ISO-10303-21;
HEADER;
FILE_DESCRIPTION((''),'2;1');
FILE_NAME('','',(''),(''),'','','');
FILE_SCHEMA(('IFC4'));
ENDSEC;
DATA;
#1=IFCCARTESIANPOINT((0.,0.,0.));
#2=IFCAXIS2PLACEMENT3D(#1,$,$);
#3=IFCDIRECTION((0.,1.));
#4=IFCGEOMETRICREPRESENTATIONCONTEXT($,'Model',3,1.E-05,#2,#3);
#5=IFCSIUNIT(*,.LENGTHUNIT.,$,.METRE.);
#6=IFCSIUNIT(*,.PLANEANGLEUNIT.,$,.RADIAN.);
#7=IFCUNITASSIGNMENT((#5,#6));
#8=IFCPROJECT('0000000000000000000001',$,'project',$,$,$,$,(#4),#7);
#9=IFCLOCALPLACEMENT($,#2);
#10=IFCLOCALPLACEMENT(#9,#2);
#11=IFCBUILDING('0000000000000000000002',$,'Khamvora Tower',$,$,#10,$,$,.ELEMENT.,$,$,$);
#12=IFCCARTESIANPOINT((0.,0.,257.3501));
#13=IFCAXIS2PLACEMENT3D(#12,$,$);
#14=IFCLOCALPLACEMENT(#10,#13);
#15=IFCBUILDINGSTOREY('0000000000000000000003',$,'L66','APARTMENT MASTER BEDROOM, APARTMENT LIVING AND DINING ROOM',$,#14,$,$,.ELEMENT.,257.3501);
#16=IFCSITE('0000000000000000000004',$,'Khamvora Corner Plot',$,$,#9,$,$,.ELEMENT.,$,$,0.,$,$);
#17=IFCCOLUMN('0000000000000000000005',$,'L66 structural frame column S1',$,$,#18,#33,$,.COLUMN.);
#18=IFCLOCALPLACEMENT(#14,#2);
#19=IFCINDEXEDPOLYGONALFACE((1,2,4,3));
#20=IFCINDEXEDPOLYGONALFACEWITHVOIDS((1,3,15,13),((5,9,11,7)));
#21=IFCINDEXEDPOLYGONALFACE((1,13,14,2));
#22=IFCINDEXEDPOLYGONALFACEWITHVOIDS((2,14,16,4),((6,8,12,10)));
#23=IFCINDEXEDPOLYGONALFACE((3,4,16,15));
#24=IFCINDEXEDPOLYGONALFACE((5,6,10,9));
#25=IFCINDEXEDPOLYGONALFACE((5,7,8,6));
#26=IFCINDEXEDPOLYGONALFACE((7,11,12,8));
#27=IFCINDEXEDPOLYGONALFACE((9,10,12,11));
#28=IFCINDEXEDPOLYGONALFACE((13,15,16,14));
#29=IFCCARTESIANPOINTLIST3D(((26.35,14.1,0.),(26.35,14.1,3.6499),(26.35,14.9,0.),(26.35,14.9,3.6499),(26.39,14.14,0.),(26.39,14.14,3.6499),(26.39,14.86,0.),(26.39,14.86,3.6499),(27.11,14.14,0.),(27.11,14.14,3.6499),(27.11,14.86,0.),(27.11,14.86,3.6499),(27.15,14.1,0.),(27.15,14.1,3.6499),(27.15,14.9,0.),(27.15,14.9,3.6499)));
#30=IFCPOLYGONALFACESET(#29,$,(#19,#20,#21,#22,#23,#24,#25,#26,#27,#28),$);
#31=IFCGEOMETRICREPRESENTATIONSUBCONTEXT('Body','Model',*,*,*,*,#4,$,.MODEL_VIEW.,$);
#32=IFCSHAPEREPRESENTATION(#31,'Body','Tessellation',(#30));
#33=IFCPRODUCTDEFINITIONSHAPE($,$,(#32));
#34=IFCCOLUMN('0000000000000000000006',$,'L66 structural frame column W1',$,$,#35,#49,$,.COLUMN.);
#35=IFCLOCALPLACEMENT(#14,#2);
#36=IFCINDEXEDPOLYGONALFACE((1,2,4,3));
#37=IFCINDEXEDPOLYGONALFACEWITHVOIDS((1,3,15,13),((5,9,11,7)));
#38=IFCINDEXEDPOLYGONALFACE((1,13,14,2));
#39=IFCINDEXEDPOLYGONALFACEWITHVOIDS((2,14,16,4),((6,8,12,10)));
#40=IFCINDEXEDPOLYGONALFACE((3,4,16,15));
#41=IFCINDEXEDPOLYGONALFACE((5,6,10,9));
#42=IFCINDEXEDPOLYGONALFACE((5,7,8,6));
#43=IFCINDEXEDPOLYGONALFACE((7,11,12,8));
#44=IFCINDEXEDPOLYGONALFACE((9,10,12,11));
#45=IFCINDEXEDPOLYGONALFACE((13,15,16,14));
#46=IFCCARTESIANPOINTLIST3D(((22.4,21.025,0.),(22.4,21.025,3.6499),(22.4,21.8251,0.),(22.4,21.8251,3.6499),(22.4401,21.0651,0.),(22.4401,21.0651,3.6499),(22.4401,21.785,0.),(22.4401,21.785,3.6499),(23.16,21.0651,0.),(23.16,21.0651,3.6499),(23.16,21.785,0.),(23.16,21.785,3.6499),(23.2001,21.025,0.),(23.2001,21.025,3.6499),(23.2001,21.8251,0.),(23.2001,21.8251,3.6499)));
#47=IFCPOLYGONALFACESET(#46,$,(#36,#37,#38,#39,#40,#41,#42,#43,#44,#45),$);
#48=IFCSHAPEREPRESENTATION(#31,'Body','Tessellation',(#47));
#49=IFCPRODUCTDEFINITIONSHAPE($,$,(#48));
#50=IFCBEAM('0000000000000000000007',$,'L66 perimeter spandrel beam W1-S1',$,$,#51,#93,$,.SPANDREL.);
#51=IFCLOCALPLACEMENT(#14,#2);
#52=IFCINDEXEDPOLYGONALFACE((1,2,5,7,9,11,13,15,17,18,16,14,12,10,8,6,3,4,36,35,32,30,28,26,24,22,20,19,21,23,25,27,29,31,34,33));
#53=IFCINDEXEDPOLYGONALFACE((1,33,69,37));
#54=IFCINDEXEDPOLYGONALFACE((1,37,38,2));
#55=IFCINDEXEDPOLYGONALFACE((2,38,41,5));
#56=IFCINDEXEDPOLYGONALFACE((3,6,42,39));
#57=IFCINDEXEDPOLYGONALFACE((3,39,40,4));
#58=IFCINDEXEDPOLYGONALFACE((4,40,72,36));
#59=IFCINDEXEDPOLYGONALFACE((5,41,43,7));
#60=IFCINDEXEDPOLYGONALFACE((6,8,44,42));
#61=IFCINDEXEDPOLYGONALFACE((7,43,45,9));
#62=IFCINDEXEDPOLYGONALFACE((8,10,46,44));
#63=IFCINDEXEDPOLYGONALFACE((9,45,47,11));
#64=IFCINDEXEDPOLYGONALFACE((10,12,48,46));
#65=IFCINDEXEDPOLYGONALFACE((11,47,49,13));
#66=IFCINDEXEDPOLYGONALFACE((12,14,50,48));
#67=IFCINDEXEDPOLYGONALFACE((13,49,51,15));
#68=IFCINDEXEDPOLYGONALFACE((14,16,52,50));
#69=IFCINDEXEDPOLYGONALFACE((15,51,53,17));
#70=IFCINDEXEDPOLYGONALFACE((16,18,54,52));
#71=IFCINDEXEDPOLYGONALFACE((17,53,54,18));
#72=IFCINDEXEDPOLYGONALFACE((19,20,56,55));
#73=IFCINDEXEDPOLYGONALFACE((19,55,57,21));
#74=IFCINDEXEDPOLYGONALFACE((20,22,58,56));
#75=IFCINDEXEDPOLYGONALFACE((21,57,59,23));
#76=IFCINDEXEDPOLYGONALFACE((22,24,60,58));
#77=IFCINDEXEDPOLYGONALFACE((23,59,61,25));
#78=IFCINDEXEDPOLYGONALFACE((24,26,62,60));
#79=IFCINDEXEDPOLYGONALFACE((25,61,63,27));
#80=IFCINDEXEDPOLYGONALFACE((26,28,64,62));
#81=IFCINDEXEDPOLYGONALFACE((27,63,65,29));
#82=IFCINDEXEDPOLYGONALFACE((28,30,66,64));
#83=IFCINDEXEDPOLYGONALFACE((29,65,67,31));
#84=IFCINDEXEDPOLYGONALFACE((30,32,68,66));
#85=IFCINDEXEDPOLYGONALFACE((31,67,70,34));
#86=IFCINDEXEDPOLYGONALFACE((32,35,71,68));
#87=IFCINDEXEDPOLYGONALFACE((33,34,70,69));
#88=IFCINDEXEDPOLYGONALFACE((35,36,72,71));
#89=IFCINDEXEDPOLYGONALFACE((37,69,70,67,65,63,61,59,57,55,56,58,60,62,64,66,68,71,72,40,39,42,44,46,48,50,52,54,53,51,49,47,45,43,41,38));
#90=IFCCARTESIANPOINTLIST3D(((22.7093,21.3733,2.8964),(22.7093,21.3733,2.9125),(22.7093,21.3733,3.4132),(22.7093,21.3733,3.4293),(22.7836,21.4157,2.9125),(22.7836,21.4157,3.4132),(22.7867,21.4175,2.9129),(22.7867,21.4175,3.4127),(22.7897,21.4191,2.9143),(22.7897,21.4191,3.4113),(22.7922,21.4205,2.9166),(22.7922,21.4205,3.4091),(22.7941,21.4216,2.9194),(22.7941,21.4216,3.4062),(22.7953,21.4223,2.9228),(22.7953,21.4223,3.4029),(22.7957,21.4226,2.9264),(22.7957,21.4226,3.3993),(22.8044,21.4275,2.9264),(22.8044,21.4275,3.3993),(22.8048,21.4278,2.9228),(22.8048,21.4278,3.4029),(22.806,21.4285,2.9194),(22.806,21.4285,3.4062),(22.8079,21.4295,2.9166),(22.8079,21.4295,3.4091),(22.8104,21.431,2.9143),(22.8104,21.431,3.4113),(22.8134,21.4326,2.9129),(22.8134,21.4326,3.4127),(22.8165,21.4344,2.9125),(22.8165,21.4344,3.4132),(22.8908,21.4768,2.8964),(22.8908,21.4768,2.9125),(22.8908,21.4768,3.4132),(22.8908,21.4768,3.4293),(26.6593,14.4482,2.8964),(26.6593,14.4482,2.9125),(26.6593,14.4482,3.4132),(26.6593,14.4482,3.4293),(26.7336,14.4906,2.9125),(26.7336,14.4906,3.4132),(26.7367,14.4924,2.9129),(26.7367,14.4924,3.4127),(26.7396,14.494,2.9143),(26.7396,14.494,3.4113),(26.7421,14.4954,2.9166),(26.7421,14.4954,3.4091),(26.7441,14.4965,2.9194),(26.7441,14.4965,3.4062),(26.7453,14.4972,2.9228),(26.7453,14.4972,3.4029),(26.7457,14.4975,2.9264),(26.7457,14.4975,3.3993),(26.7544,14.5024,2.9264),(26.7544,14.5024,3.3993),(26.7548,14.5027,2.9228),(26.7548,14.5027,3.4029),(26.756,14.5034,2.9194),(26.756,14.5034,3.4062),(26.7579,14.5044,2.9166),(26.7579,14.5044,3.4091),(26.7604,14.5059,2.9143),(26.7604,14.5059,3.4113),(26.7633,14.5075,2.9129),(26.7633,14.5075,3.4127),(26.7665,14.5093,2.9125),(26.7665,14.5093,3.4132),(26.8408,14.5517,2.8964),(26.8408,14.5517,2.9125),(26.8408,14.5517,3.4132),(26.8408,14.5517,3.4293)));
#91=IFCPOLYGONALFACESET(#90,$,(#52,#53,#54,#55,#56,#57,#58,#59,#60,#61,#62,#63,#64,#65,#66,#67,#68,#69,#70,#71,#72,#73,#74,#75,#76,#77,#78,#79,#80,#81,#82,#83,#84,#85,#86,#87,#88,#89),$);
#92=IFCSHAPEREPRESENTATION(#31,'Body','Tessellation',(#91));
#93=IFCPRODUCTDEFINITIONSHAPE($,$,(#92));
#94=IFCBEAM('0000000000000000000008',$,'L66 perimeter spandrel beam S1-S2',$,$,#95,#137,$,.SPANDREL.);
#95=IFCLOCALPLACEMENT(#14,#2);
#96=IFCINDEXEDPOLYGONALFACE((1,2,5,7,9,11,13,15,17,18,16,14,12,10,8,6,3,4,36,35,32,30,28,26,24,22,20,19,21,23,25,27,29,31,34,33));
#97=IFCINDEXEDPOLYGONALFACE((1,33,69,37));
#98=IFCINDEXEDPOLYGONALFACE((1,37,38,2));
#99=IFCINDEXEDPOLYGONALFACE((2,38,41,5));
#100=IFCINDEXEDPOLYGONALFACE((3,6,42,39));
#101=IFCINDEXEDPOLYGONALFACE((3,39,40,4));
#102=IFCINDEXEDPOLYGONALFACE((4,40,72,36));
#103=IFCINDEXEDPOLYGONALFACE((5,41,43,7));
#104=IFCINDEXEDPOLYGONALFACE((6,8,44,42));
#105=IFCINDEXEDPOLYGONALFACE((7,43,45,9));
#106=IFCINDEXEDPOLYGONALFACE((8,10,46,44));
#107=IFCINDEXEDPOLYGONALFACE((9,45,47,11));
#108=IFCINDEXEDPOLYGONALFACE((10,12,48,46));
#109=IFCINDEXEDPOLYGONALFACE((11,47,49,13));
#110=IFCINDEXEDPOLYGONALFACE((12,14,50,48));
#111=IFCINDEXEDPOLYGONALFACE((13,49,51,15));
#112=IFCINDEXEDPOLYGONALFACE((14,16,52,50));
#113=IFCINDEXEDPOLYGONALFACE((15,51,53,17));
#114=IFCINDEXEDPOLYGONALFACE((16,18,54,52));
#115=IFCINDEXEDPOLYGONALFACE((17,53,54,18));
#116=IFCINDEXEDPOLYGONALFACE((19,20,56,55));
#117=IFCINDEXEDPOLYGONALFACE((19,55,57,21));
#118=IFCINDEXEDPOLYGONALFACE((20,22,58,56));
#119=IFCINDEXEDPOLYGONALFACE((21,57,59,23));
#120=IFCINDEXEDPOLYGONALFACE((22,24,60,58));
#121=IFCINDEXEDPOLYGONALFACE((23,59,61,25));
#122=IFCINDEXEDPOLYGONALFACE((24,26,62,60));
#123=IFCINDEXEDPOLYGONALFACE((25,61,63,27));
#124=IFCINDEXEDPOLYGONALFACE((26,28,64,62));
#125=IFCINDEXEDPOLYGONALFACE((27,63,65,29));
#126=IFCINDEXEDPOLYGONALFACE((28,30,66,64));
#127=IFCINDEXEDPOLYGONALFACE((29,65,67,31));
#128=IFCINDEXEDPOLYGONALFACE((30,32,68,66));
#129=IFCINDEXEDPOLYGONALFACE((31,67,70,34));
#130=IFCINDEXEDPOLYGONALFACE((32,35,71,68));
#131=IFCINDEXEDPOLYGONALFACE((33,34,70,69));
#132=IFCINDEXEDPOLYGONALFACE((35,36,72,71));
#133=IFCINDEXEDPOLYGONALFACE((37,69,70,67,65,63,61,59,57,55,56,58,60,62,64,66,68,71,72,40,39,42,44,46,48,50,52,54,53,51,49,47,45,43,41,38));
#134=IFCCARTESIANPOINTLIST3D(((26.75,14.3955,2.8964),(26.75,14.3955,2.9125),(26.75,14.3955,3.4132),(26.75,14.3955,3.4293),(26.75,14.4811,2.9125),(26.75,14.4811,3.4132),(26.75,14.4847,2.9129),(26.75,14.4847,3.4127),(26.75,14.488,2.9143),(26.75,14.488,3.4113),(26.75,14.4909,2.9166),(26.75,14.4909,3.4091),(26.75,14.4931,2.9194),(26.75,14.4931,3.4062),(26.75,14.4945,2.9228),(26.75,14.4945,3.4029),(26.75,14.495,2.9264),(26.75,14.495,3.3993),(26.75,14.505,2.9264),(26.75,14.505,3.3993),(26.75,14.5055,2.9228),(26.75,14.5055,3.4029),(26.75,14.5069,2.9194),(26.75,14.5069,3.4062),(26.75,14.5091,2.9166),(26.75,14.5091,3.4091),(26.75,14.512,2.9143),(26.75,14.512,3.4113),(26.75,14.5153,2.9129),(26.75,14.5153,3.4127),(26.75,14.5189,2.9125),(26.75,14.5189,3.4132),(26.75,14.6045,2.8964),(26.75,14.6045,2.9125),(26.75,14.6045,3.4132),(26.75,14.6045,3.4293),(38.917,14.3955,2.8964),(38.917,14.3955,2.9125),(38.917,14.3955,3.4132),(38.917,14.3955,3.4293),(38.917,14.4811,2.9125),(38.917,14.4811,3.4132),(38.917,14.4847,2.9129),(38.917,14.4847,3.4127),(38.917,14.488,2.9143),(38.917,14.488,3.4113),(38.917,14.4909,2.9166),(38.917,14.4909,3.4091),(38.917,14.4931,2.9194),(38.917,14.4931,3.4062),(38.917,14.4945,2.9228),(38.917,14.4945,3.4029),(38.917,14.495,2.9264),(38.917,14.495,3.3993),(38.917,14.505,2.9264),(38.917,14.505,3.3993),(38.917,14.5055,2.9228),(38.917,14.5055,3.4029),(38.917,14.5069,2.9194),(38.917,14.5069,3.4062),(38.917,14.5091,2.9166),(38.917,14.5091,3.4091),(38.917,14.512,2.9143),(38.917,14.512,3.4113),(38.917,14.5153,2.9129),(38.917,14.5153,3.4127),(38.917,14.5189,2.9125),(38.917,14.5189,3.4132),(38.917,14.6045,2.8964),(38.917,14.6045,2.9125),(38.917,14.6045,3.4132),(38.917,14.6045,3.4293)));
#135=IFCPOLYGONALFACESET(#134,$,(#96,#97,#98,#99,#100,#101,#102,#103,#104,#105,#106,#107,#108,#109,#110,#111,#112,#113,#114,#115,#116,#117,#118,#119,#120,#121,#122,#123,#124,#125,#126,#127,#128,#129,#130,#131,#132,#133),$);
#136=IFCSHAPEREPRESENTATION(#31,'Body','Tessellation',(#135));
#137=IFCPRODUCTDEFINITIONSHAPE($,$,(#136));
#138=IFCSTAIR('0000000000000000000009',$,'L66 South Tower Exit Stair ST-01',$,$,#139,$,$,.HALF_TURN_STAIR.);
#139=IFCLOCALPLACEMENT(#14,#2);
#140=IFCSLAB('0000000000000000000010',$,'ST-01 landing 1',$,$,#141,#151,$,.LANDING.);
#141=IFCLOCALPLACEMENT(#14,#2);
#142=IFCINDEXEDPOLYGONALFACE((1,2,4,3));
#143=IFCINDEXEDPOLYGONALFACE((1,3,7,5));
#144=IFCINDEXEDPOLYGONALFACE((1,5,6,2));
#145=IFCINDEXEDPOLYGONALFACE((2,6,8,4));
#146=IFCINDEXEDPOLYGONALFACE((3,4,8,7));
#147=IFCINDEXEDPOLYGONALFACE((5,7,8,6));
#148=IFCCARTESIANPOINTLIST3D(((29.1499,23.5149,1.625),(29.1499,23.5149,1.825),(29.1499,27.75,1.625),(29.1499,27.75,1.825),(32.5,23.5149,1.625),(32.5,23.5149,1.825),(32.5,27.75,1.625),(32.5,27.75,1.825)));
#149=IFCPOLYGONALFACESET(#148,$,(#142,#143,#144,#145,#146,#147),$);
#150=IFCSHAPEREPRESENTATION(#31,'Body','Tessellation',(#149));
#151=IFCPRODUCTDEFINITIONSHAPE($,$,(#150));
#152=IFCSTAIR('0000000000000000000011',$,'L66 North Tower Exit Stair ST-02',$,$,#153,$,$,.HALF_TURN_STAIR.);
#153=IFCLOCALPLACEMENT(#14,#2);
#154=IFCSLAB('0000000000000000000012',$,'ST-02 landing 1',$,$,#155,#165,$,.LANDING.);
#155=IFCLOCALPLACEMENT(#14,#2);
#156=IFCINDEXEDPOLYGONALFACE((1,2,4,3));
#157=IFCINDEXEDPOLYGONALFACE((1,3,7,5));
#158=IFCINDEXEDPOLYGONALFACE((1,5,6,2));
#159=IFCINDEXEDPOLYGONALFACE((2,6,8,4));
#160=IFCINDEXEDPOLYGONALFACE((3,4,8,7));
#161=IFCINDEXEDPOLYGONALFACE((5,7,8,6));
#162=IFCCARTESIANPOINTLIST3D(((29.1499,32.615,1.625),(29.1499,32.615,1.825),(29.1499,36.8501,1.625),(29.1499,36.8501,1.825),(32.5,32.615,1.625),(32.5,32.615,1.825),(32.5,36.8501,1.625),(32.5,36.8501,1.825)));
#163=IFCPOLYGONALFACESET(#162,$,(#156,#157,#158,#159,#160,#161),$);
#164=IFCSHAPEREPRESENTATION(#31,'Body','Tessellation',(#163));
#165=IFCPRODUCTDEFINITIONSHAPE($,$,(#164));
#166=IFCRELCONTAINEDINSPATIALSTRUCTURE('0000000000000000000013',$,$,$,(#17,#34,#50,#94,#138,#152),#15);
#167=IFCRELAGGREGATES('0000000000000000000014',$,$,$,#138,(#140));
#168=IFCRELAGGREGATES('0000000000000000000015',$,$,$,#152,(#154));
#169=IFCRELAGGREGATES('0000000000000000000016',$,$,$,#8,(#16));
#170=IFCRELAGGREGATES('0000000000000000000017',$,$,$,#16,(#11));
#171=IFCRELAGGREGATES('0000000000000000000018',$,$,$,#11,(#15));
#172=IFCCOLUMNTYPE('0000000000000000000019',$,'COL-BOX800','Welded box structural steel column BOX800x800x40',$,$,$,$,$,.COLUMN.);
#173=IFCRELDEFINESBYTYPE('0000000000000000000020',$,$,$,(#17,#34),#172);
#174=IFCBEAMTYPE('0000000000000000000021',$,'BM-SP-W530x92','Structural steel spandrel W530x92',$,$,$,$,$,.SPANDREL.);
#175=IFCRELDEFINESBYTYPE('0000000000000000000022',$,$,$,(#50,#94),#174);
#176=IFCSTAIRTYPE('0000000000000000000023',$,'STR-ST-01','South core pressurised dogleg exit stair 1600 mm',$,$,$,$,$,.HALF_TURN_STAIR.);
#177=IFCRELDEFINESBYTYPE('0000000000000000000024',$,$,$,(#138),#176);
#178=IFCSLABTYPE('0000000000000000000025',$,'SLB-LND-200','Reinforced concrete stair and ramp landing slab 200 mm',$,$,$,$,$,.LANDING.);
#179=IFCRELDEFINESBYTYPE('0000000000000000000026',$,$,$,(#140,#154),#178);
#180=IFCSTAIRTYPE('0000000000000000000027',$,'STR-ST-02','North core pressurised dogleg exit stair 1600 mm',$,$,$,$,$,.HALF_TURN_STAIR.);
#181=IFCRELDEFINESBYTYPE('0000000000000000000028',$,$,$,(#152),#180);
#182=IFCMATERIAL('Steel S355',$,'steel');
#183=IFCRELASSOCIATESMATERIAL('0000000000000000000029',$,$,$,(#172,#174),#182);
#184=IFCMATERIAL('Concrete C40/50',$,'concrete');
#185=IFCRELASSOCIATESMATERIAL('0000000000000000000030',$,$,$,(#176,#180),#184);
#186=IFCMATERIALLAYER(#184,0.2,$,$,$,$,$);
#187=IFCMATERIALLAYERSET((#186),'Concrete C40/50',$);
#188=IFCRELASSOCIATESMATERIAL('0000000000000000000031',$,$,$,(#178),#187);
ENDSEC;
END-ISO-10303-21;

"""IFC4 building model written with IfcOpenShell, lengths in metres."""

from ifc_helpers import new_model, si_unit, direction, frame, origin, origin_2d, place, context, subcontext, project, spatial, polyline, hollow_rectangle, i_section, outline, extrude, material, layer, layer_set, material_profile, profile_set, type_object, element, aggregate, save


model = new_model("IFC4")

# Units and contexts
model_context = context("Model", 3, precision=1e-05, world=origin(), true_north=direction((0.0, 1.0)))
body_context = subcontext(model_context, "Body", "Model", "MODEL_VIEW")
ifc_project = project(units=[si_unit("LENGTHUNIT", "METRE"), si_unit("PLANEANGLEUNIT", "RADIAN")], contexts=[model_context])

# Site, building, storey
site_placement = place(None, origin())
site = spatial("IfcSite", under=ifc_project, at=site_placement, Name="Khamvora Corner Plot", CompositionType="ELEMENT", RefElevation=0.0)
building_placement = place(site_placement, origin())
building = spatial("IfcBuilding", under=site, at=building_placement, Name="Khamvora Tower", CompositionType="ELEMENT")
storey_placement = place(building_placement, frame((0.0, 0.0, 257.3501)))
storey = spatial("IfcBuildingStorey", under=building, at=storey_placement, Name="L66", Description="APARTMENT MASTER BEDROOM, APARTMENT LIVING AND DINING ROOM", CompositionType="ELEMENT", Elevation=257.3501)

# Columns
ifc_material_1 = material(Name="Steel S355", Category="steel")
ifc_material_profile_1 = material_profile(ifc_material_1, hollow_rectangle(XDim=0.8, YDim=0.8, WallThickness=0.04, at=origin_2d()), Name="BOX800x800x40")
ifc_profile_set_1 = profile_set([ifc_material_profile_1], Name="Steel S355")
column_type = type_object("IfcColumnType", Name="COL-BOX800", Description="Welded box structural steel column BOX800x800x40", PredefinedType="COLUMN", material=ifc_profile_set_1)
for number, where, z_axis, x_axis, name in (
    (1, (26.75, 14.5, 0.0), (0.0, 0.0, 1.0), (1.0, 0.0, 0.0), "L66 structural frame column S1"),
    (2, (22.8, 21.425, 0.0), (0.0, 0.0, 1.0), (1.0, 0.0, 0.0), "L66 structural frame column W1"),
):
    element("IfcColumn", number, at=place(storey_placement, frame(where, z_axis=z_axis, x_axis=x_axis)), inside=storey, type_object=column_type, Name=name, PredefinedType="COLUMN", context=body_context, shape_type="SweptSolid", body=[
        extrude(hollow_rectangle(XDim=0.8, YDim=0.8, WallThickness=0.04, at=origin_2d()), origin(), (0.0, 0.0, 1.0), 3.6499),
    ])

# Beams
ifc_material_profile_2 = material_profile(ifc_material_1, i_section(OverallWidth=0.209, OverallDepth=0.533, WebThickness=0.01, FlangeThickness=0.0161, FilletRadius=0.0139, at=origin_2d()), Name="W530x92")
ifc_profile_set_2 = profile_set([ifc_material_profile_2], Name="Steel S355")
beam_type = type_object("IfcBeamType", Name="BM-SP-W530x92", Description="Structural steel spandrel W530x92", PredefinedType="SPANDREL", material=ifc_profile_set_2)
beam_1_placement = place(storey_placement, frame((22.8, 21.425, 3.1628), z_axis=(0.495456, -0.868633, 0.0), x_axis=(0.868633, 0.495456, 0.0)))
element("IfcBeam", 3, at=beam_1_placement, inside=storey, type_object=beam_type, Name="L66 perimeter spandrel beam W1-S1", PredefinedType="SPANDREL", context=body_context, shape_type="SweptSolid", body=[
    extrude(i_section(OverallWidth=0.209, OverallDepth=0.533, WebThickness=0.01, FlangeThickness=0.0161, FilletRadius=0.0139, at=origin_2d()), origin(), (0.0, 0.0, 1.0), 7.9724),
])
beam_2_placement = place(storey_placement, frame((26.75, 14.5, 3.1628), z_axis=(1.0, 0.0, 0.0), x_axis=(0.0, 1.0, 0.0)))
element("IfcBeam", 4, at=beam_2_placement, inside=storey, type_object=beam_type, Name="L66 perimeter spandrel beam S1-S2", PredefinedType="SPANDREL", context=body_context, shape_type="SweptSolid", body=[
    extrude(i_section(OverallWidth=0.209, OverallDepth=0.533, WebThickness=0.01, FlangeThickness=0.0161, FilletRadius=0.0139, at=origin_2d()), origin(), (0.0, 0.0, 1.0), 12.167),
])

# Stairs, slabs
ifc_material_2 = material(Name="Concrete C40/50", Category="concrete")
stair_type_1 = type_object("IfcStairType", Name="STR-ST-01", Description="South core pressurised dogleg exit stair 1600 mm", PredefinedType="HALF_TURN_STAIR", material=ifc_material_2)
stair_1_placement = place(storey_placement, origin())
stair_1 = element("IfcStair", 5, at=stair_1_placement, inside=storey, type_object=stair_type_1, Name="L66 South Tower Exit Stair ST-01", PredefinedType="HALF_TURN_STAIR")
ifc_layer_1 = layer(ifc_material_2, 0.2)
ifc_layer_set_1 = layer_set([ifc_layer_1], Name="Concrete C40/50")
slab_type_1 = type_object("IfcSlabType", Name="SLB-LND-200", Description="Reinforced concrete stair and ramp landing slab 200 mm", PredefinedType="LANDING", material=ifc_layer_set_1)
slab_1_placement = place(storey_placement, frame((0.0, 0.0, 1.625)))
slab_1 = element("IfcSlab", 6, at=slab_1_placement, type_object=slab_type_1, Name="ST-01 landing 1", PredefinedType="LANDING", context=body_context, shape_type="SweptSolid", body=[
    extrude(outline(polyline([(32.5, 23.5149), (32.5, 27.75), (29.1499, 27.75), (29.1499, 23.5149), (32.5, 23.5149)])), origin(), (0.0, 0.0, 1.0), 0.2),
])
aggregate(stair_1, [slab_1])
stair_type_2 = type_object("IfcStairType", Name="STR-ST-02", Description="North core pressurised dogleg exit stair 1600 mm", PredefinedType="HALF_TURN_STAIR", material=ifc_material_2)
stair_2_placement = place(storey_placement, origin())
stair_2 = element("IfcStair", 7, at=stair_2_placement, inside=storey, type_object=stair_type_2, Name="L66 North Tower Exit Stair ST-02", PredefinedType="HALF_TURN_STAIR")
slab_2_placement = place(storey_placement, frame((0.0, 0.0, 1.625)))
slab_2 = element("IfcSlab", 8, at=slab_2_placement, type_object=slab_type_1, Name="ST-02 landing 1", PredefinedType="LANDING", context=body_context, shape_type="SweptSolid", body=[
    extrude(outline(polyline([(32.5, 32.615), (32.5, 36.8501), (29.1499, 36.8501), (29.1499, 32.615), (32.5, 32.615)])), origin(), (0.0, 0.0, 1.0), 0.2),
])
aggregate(stair_2, [slab_2])

save(model, "model.ifc")
